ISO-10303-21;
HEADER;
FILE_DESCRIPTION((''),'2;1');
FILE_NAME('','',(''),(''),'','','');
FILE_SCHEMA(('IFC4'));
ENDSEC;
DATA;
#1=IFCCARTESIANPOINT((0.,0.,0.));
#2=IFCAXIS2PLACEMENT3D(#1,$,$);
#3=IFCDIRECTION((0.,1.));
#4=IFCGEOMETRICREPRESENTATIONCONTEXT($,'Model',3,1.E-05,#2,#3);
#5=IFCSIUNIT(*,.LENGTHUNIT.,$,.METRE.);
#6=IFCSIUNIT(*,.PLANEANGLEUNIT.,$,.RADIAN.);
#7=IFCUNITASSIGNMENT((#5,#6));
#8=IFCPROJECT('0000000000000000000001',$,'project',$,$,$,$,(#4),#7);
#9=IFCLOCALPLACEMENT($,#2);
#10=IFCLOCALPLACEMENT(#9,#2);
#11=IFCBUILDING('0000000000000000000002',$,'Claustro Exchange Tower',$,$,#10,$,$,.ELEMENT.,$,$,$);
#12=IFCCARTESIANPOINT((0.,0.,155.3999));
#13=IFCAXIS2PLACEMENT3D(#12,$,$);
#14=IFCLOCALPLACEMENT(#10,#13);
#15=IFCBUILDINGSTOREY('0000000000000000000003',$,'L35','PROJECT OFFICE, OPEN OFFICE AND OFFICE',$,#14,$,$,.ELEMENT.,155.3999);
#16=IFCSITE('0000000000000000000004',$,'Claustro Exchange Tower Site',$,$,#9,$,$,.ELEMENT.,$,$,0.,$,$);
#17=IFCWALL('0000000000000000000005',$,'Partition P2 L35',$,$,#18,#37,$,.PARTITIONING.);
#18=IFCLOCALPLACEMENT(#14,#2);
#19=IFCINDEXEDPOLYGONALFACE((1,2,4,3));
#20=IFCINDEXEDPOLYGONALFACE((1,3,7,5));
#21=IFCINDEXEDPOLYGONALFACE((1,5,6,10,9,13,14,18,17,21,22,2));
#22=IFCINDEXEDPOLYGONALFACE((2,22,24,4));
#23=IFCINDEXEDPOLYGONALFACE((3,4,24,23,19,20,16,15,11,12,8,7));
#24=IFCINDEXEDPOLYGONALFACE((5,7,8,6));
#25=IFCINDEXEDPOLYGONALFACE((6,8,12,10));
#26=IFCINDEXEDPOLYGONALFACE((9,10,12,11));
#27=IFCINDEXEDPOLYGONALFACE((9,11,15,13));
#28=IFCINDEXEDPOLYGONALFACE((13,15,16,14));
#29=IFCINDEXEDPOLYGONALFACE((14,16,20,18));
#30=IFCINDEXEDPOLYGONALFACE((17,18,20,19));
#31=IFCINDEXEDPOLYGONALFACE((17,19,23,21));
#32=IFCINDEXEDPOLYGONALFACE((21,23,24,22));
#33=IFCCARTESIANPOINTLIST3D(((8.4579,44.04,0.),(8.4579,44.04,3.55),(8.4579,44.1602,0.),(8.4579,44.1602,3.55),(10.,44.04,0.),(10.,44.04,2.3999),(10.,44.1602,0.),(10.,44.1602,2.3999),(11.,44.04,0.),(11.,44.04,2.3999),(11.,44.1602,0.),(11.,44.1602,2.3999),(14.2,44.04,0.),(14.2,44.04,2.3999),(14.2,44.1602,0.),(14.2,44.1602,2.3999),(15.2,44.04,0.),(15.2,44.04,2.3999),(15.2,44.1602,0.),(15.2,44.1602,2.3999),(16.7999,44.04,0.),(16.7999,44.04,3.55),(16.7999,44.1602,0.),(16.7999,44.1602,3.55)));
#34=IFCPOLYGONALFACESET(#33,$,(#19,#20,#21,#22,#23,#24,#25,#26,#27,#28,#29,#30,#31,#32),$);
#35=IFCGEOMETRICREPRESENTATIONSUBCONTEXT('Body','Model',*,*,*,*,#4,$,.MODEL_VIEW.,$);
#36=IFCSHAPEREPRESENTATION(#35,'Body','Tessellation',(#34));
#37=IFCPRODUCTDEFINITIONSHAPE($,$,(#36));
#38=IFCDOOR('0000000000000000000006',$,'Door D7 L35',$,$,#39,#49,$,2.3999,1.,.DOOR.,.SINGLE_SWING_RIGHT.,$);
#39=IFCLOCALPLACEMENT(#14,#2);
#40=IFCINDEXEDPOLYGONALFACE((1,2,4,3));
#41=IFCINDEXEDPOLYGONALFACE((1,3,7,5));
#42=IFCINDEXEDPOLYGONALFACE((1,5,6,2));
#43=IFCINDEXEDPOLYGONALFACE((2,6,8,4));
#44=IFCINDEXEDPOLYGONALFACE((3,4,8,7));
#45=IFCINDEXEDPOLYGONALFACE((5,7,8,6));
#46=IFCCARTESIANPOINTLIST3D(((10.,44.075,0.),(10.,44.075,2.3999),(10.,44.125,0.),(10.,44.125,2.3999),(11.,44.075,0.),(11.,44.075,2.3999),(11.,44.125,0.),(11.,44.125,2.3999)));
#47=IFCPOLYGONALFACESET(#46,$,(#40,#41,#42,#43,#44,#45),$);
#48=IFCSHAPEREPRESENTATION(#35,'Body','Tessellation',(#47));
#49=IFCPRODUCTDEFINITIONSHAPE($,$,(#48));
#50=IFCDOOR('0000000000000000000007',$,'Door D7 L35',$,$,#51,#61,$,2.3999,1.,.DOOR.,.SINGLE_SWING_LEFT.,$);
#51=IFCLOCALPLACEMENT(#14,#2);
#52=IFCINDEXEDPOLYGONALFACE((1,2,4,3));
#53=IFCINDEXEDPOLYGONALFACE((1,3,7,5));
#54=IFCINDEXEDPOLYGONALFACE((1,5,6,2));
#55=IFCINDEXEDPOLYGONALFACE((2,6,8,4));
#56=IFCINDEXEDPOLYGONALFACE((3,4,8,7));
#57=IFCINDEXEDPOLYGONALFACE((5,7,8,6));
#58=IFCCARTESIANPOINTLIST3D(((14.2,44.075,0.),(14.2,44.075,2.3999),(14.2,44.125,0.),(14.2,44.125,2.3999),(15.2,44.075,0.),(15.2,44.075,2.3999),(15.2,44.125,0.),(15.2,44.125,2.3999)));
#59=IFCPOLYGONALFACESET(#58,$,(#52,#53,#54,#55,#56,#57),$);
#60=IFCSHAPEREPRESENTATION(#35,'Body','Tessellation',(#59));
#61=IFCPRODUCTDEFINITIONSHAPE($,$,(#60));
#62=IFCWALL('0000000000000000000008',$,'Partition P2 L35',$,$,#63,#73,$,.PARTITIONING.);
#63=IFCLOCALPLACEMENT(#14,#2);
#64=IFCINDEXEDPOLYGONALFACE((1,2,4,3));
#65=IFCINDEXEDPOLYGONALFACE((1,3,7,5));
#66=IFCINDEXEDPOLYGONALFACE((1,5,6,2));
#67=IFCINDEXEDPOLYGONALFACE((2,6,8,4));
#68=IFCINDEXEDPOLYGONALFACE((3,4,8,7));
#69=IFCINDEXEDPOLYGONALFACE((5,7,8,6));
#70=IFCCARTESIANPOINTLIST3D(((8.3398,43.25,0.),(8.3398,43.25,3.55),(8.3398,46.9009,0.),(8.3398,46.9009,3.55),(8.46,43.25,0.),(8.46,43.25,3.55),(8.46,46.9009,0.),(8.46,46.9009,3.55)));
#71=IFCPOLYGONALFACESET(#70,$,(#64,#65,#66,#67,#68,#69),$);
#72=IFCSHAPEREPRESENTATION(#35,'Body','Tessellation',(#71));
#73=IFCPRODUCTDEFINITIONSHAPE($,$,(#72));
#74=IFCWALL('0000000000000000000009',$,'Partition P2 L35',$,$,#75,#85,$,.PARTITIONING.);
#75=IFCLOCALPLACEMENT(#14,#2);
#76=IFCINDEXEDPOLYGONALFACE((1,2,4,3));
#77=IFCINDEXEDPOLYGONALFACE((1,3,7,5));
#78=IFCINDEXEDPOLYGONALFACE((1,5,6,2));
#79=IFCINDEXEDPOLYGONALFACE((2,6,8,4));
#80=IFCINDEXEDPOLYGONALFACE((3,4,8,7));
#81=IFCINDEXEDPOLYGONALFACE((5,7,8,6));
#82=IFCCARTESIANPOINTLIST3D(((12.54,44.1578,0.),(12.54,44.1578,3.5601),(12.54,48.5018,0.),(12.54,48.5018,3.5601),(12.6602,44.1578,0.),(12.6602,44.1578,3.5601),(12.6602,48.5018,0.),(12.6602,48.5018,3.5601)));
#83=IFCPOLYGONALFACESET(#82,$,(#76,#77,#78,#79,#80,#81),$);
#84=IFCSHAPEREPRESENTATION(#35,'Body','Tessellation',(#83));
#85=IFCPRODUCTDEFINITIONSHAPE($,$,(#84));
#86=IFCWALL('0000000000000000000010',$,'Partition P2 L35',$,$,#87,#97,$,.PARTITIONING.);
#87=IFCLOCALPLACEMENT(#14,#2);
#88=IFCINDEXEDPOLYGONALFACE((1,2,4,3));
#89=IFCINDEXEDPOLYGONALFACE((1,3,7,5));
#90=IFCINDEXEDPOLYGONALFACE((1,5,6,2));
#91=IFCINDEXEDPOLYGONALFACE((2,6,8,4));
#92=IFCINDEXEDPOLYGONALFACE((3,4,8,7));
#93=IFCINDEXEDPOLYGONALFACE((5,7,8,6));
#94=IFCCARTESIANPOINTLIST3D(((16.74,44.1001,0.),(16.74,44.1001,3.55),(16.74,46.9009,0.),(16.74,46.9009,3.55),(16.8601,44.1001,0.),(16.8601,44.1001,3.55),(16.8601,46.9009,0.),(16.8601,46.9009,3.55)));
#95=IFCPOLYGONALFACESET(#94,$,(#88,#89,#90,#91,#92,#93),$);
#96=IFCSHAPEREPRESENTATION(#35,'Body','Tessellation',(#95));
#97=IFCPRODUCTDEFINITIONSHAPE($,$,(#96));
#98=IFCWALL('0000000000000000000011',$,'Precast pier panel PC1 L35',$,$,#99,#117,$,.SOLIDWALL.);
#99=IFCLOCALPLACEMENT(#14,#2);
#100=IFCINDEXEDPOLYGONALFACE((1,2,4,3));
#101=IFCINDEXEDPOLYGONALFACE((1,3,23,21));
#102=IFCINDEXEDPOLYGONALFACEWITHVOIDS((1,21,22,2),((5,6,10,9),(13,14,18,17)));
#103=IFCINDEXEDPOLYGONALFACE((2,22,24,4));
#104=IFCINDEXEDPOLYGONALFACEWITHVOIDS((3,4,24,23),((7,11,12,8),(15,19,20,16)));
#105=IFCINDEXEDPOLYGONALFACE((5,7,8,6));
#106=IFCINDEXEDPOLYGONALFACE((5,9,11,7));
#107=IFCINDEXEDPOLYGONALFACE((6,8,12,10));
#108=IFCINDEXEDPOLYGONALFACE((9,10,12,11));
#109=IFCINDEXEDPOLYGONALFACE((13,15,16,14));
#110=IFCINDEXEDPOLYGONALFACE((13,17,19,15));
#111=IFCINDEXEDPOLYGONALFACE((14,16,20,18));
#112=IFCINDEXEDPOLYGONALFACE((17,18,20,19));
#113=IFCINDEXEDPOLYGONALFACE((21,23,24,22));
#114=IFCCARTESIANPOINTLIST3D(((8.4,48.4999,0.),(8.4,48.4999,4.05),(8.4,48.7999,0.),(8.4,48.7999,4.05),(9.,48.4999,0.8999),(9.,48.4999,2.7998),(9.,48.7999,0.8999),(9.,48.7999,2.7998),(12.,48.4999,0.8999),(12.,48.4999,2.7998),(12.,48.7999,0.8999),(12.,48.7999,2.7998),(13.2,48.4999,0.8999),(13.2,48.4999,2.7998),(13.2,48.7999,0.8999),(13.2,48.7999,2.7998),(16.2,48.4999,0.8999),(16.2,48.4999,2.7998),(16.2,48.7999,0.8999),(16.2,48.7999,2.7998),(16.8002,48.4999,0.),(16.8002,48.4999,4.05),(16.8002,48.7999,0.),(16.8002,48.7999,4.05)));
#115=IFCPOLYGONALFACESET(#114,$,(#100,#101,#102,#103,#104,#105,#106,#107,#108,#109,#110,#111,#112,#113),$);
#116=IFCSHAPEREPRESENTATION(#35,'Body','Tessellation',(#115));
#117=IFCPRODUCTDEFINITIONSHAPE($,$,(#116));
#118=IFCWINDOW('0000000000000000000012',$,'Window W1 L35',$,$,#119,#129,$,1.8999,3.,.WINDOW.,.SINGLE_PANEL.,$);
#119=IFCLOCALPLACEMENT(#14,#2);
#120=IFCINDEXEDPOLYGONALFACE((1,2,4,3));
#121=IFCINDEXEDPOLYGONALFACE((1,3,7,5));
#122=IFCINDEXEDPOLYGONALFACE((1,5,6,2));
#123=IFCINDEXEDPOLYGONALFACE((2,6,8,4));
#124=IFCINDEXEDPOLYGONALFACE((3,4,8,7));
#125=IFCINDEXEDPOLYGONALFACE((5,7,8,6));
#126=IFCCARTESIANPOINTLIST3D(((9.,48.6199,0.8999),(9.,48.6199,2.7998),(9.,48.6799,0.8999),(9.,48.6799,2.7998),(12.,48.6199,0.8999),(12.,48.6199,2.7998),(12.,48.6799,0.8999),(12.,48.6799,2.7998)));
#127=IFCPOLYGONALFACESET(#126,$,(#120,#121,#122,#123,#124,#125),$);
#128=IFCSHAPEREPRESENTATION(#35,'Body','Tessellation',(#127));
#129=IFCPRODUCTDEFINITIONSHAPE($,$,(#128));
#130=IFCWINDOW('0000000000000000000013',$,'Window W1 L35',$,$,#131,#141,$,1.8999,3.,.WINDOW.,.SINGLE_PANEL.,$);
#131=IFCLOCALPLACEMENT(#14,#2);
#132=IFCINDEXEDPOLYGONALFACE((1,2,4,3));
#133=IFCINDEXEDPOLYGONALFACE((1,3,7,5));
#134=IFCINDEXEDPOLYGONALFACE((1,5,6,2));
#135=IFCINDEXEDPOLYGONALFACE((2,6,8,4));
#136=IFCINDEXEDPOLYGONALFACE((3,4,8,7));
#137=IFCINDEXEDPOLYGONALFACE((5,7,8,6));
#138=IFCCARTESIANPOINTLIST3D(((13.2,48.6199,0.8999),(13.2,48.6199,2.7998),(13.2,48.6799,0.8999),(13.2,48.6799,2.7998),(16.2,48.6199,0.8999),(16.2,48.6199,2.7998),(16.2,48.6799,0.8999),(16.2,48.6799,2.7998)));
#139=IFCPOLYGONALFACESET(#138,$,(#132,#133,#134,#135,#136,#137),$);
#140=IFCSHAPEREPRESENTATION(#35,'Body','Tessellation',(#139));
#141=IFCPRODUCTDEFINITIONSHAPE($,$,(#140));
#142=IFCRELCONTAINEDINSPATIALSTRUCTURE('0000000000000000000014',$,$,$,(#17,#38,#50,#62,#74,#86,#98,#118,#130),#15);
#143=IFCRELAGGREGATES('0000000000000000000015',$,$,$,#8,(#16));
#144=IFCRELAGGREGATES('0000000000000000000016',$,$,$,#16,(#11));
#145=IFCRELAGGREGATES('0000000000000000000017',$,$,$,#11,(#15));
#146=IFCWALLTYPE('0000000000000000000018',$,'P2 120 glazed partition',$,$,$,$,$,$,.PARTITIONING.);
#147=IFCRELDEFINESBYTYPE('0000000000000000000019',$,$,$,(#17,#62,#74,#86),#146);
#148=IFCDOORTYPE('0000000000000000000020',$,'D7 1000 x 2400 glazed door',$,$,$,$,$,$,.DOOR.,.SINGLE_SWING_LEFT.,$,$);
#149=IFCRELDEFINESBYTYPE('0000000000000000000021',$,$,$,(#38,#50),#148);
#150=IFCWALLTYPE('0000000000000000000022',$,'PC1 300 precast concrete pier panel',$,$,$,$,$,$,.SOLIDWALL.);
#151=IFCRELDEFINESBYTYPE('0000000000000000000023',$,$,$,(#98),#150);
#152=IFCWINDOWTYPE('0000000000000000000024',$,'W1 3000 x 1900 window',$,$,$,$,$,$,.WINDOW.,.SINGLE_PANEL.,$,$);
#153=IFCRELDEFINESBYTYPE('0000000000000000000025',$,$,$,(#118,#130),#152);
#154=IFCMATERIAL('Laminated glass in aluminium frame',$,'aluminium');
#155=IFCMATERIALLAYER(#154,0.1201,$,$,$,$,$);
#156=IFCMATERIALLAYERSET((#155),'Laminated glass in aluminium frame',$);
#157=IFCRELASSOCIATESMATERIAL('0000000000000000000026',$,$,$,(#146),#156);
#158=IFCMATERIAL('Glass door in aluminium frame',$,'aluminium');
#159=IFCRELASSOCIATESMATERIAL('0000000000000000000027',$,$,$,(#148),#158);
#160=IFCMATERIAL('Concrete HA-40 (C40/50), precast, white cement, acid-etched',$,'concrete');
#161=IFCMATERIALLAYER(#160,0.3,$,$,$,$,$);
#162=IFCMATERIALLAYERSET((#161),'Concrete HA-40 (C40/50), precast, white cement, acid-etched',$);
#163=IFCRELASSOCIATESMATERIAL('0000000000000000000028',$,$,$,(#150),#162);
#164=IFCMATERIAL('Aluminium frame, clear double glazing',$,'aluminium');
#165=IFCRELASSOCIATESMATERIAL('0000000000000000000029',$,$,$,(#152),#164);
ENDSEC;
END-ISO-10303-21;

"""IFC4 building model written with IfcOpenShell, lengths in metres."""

from ifc_helpers import new_model, si_unit, direction, frame, frame_2d, origin, place, context, subcontext, project, spatial, rectangle, extrude, material, layer, layer_set, type_object, element, fill, save


model = new_model("IFC4")

# Units and contexts
model_context = context("Model", 3, precision=1e-05, world=origin(), true_north=direction((0.0, 1.0)))
body_context = subcontext(model_context, "Body", "Model", "MODEL_VIEW")
ifc_project = project(units=[si_unit("LENGTHUNIT", "METRE"), si_unit("PLANEANGLEUNIT", "RADIAN")], contexts=[model_context])

# Site, building, storey
site_placement = place(None, origin())
site = spatial("IfcSite", under=ifc_project, at=site_placement, Name="Claustro Exchange Tower Site", CompositionType="ELEMENT", RefElevation=0.0)
building_placement = place(site_placement, origin())
building = spatial("IfcBuilding", under=site, at=building_placement, Name="Claustro Exchange Tower", CompositionType="ELEMENT")
storey_placement = place(building_placement, frame((0.0, 0.0, 155.3999)))
storey = spatial("IfcBuildingStorey", under=building, at=storey_placement, Name="L35", Description="PROJECT OFFICE, OPEN OFFICE AND OFFICE", CompositionType="ELEMENT", Elevation=155.3999)

# Wall, openings, doors
ifc_material_1 = material(Name="Laminated glass in aluminium frame", Category="aluminium")
ifc_layer_1 = layer(ifc_material_1, 0.1201)
ifc_layer_set_1 = layer_set([ifc_layer_1], Name="Laminated glass in aluminium frame")
wall_type_1 = type_object("IfcWallType", Name="P2 120 glazed partition", PredefinedType="PARTITIONING", material=ifc_layer_set_1)
wall_1_placement = place(storey_placement, frame((8.458, 44.1001, 0.0), z_axis=(0.0, 0.0, 1.0), x_axis=(1.0, 0.0, 0.0)))
wall_1 = element("IfcWall", 1, at=wall_1_placement, inside=storey, type_object=wall_type_1, Name="Partition P2 L35", PredefinedType="PARTITIONING", context=body_context, shape_type="SweptSolid", body=[
    extrude(rectangle(XDim=8.342, YDim=0.1201, at=frame_2d((4.1709, 0.0))), origin(), (0.0, 0.0, 1.0), 3.55),
])
opening_1_placement = place(wall_1_placement, frame((1.542, 0.0, 0.0)))
opening_1 = element("IfcOpeningElement", 2, at=opening_1_placement, cuts=wall_1, PredefinedType="OPENING", context=body_context, shape_type="SweptSolid", body=[
    extrude(rectangle(XDim=1.0, YDim=2.3999, at=frame_2d((0.5, 1.2))), frame((0.0, 0.0701, 0.0), z_axis=(0.0, -1.0, 0.0), x_axis=(1.0, 0.0, 0.0)), (0.0, 0.0, 1.0), 0.1401),
])
opening_2_placement = place(wall_1_placement, frame((5.7419, 0.0, 0.0)))
opening_2 = element("IfcOpeningElement", 3, at=opening_2_placement, cuts=wall_1, PredefinedType="OPENING", context=body_context, shape_type="SweptSolid", body=[
    extrude(rectangle(XDim=1.0, YDim=2.3999, at=frame_2d((0.5, 1.2))), frame((0.0, 0.0701, 0.0), z_axis=(0.0, -1.0, 0.0), x_axis=(1.0, 0.0, 0.0)), (0.0, 0.0, 1.0), 0.1401),
])
ifc_material_2 = material(Name="Glass door in aluminium frame", Category="aluminium")
door_type = type_object("IfcDoorType", Name="D7 1000 x 2400 glazed door", OperationType="SINGLE_SWING_LEFT", PredefinedType="DOOR", material=ifc_material_2)
door_1_placement = place(opening_1_placement, origin())
door_1 = element("IfcDoor", 4, at=door_1_placement, inside=storey, type_object=door_type, Name="Door D7 L35", OperationType="SINGLE_SWING_RIGHT", OverallHeight=2.3999, OverallWidth=1.0, PredefinedType="DOOR", context=body_context, shape_type="SweptSolid", body=[
    extrude(rectangle(XDim=1.0, YDim=2.3999, at=frame_2d((0.5, 1.2))), frame((0.0, 0.0249, 0.0), z_axis=(0.0, -1.0, 0.0), x_axis=(1.0, 0.0, 0.0)), (0.0, 0.0, 1.0), 0.05),
])
fill(opening_1, door_1)
door_2_placement = place(opening_2_placement, origin())
door_2 = element("IfcDoor", 5, at=door_2_placement, inside=storey, type_object=door_type, Name="Door D7 L35", OperationType="SINGLE_SWING_LEFT", OverallHeight=2.3999, OverallWidth=1.0, PredefinedType="DOOR", context=body_context, shape_type="SweptSolid", body=[
    extrude(rectangle(XDim=1.0, YDim=2.3999, at=frame_2d((0.5, 1.2))), frame((0.0, 0.0249, 0.0), z_axis=(0.0, -1.0, 0.0), x_axis=(1.0, 0.0, 0.0)), (0.0, 0.0, 1.0), 0.05),
])
fill(opening_2, door_2)

# Walls
wall_2_placement = place(storey_placement, frame((8.3999, 43.25, 0.0), z_axis=(0.0, 0.0, 1.0), x_axis=(0.0, 1.0, 0.0)))
element("IfcWall", 6, at=wall_2_placement, inside=storey, type_object=wall_type_1, Name="Partition P2 L35", PredefinedType="PARTITIONING", context=body_context, shape_type="SweptSolid", body=[
    extrude(rectangle(XDim=3.6509, YDim=0.1201, at=frame_2d((1.8254, 0.0))), origin(), (0.0, 0.0, 1.0), 3.55),
])
wall_3_placement = place(storey_placement, frame((12.6001, 44.158, 0.0), z_axis=(0.0, 0.0, 1.0), x_axis=(0.0, 1.0, 0.0)))
element("IfcWall", 7, at=wall_3_placement, inside=storey, type_object=wall_type_1, Name="Partition P2 L35", PredefinedType="PARTITIONING", context=body_context, shape_type="SweptSolid", body=[
    extrude(rectangle(XDim=4.344, YDim=0.1201, at=frame_2d((2.1719, 0.0))), origin(), (0.0, 0.0, 1.0), 3.5601),
])
wall_4_placement = place(storey_placement, frame((16.8, 44.1001, 0.0), z_axis=(0.0, 0.0, 1.0), x_axis=(0.0, 1.0, 0.0)))
element("IfcWall", 8, at=wall_4_placement, inside=storey, type_object=wall_type_1, Name="Partition P2 L35", PredefinedType="PARTITIONING", context=body_context, shape_type="SweptSolid", body=[
    extrude(rectangle(XDim=2.8008, YDim=0.1201, at=frame_2d((1.4004, 0.0))), origin(), (0.0, 0.0, 1.0), 3.55),
])

# Wall, openings, windows
ifc_material_3 = material(Name="Concrete HA-40 (C40/50), precast, white cement, acid-etched", Category="concrete")
ifc_layer_2 = layer(ifc_material_3, 0.3)
ifc_layer_set_2 = layer_set([ifc_layer_2], Name="Concrete HA-40 (C40/50), precast, white cement, acid-etched")
wall_type_2 = type_object("IfcWallType", Name="PC1 300 precast concrete pier panel", PredefinedType="SOLIDWALL", material=ifc_layer_set_2)
wall_5_placement = place(storey_placement, frame((8.3999, 48.6499, 0.0), z_axis=(0.0, 0.0, 1.0), x_axis=(1.0, 0.0, 0.0)))
wall_5 = element("IfcWall", 9, at=wall_5_placement, inside=storey, type_object=wall_type_2, Name="Precast pier panel PC1 L35", PredefinedType="SOLIDWALL", context=body_context, shape_type="SweptSolid", body=[
    extrude(rectangle(XDim=8.4001, YDim=0.3, at=frame_2d((4.2002, 0.0))), origin(), (0.0, 0.0, 1.0), 4.05),
])
opening_3_placement = place(wall_5_placement, frame((0.6001, 0.0, 0.8999)))
opening_3 = element("IfcOpeningElement", 10, at=opening_3_placement, cuts=wall_5, PredefinedType="OPENING", context=body_context, shape_type="SweptSolid", body=[
    extrude(rectangle(XDim=3.0, YDim=1.8999, at=frame_2d((1.5, 0.95))), frame((0.0, 0.1599, 0.0), z_axis=(0.0, -1.0, 0.0), x_axis=(1.0, 0.0, 0.0)), (0.0, 0.0, 1.0), 0.3201),
])
opening_4_placement = place(wall_5_placement, frame((4.8, 0.0, 0.8999)))
opening_4 = element("IfcOpeningElement", 11, at=opening_4_placement, cuts=wall_5, PredefinedType="OPENING", context=body_context, shape_type="SweptSolid", body=[
    extrude(rectangle(XDim=3.0, YDim=1.8999, at=frame_2d((1.5, 0.95))), frame((0.0, 0.1599, 0.0), z_axis=(0.0, -1.0, 0.0), x_axis=(1.0, 0.0, 0.0)), (0.0, 0.0, 1.0), 0.3201),
])
ifc_material_4 = material(Name="Aluminium frame, clear double glazing", Category="aluminium")
window_type = type_object("IfcWindowType", Name="W1 3000 x 1900 window", PartitioningType="SINGLE_PANEL", PredefinedType="WINDOW", material=ifc_material_4)
window_1_placement = place(opening_3_placement, origin())
window_1 = element("IfcWindow", 12, at=window_1_placement, inside=storey, type_object=window_type, Name="Window W1 L35", OverallHeight=1.8999, OverallWidth=3.0, PartitioningType="SINGLE_PANEL", PredefinedType="WINDOW", context=body_context, shape_type="SweptSolid", body=[
    extrude(rectangle(XDim=3.0, YDim=1.8999, at=frame_2d((1.5, 0.95))), frame((0.0, 0.03, 0.0), z_axis=(0.0, -1.0, 0.0), x_axis=(1.0, 0.0, 0.0)), (0.0, 0.0, 1.0), 0.0601),
])
fill(opening_3, window_1)
window_2_placement = place(opening_4_placement, origin())
window_2 = element("IfcWindow", 13, at=window_2_placement, inside=storey, type_object=window_type, Name="Window W1 L35", OverallHeight=1.8999, OverallWidth=3.0, PartitioningType="SINGLE_PANEL", PredefinedType="WINDOW", context=body_context, shape_type="SweptSolid", body=[
    extrude(rectangle(XDim=3.0, YDim=1.8999, at=frame_2d((1.5, 0.95))), frame((0.0, 0.03, 0.0), z_axis=(0.0, -1.0, 0.0), x_axis=(1.0, 0.0, 0.0)), (0.0, 0.0, 1.0), 0.0601),
])
fill(opening_4, window_2)

save(model, "model.ifc")
